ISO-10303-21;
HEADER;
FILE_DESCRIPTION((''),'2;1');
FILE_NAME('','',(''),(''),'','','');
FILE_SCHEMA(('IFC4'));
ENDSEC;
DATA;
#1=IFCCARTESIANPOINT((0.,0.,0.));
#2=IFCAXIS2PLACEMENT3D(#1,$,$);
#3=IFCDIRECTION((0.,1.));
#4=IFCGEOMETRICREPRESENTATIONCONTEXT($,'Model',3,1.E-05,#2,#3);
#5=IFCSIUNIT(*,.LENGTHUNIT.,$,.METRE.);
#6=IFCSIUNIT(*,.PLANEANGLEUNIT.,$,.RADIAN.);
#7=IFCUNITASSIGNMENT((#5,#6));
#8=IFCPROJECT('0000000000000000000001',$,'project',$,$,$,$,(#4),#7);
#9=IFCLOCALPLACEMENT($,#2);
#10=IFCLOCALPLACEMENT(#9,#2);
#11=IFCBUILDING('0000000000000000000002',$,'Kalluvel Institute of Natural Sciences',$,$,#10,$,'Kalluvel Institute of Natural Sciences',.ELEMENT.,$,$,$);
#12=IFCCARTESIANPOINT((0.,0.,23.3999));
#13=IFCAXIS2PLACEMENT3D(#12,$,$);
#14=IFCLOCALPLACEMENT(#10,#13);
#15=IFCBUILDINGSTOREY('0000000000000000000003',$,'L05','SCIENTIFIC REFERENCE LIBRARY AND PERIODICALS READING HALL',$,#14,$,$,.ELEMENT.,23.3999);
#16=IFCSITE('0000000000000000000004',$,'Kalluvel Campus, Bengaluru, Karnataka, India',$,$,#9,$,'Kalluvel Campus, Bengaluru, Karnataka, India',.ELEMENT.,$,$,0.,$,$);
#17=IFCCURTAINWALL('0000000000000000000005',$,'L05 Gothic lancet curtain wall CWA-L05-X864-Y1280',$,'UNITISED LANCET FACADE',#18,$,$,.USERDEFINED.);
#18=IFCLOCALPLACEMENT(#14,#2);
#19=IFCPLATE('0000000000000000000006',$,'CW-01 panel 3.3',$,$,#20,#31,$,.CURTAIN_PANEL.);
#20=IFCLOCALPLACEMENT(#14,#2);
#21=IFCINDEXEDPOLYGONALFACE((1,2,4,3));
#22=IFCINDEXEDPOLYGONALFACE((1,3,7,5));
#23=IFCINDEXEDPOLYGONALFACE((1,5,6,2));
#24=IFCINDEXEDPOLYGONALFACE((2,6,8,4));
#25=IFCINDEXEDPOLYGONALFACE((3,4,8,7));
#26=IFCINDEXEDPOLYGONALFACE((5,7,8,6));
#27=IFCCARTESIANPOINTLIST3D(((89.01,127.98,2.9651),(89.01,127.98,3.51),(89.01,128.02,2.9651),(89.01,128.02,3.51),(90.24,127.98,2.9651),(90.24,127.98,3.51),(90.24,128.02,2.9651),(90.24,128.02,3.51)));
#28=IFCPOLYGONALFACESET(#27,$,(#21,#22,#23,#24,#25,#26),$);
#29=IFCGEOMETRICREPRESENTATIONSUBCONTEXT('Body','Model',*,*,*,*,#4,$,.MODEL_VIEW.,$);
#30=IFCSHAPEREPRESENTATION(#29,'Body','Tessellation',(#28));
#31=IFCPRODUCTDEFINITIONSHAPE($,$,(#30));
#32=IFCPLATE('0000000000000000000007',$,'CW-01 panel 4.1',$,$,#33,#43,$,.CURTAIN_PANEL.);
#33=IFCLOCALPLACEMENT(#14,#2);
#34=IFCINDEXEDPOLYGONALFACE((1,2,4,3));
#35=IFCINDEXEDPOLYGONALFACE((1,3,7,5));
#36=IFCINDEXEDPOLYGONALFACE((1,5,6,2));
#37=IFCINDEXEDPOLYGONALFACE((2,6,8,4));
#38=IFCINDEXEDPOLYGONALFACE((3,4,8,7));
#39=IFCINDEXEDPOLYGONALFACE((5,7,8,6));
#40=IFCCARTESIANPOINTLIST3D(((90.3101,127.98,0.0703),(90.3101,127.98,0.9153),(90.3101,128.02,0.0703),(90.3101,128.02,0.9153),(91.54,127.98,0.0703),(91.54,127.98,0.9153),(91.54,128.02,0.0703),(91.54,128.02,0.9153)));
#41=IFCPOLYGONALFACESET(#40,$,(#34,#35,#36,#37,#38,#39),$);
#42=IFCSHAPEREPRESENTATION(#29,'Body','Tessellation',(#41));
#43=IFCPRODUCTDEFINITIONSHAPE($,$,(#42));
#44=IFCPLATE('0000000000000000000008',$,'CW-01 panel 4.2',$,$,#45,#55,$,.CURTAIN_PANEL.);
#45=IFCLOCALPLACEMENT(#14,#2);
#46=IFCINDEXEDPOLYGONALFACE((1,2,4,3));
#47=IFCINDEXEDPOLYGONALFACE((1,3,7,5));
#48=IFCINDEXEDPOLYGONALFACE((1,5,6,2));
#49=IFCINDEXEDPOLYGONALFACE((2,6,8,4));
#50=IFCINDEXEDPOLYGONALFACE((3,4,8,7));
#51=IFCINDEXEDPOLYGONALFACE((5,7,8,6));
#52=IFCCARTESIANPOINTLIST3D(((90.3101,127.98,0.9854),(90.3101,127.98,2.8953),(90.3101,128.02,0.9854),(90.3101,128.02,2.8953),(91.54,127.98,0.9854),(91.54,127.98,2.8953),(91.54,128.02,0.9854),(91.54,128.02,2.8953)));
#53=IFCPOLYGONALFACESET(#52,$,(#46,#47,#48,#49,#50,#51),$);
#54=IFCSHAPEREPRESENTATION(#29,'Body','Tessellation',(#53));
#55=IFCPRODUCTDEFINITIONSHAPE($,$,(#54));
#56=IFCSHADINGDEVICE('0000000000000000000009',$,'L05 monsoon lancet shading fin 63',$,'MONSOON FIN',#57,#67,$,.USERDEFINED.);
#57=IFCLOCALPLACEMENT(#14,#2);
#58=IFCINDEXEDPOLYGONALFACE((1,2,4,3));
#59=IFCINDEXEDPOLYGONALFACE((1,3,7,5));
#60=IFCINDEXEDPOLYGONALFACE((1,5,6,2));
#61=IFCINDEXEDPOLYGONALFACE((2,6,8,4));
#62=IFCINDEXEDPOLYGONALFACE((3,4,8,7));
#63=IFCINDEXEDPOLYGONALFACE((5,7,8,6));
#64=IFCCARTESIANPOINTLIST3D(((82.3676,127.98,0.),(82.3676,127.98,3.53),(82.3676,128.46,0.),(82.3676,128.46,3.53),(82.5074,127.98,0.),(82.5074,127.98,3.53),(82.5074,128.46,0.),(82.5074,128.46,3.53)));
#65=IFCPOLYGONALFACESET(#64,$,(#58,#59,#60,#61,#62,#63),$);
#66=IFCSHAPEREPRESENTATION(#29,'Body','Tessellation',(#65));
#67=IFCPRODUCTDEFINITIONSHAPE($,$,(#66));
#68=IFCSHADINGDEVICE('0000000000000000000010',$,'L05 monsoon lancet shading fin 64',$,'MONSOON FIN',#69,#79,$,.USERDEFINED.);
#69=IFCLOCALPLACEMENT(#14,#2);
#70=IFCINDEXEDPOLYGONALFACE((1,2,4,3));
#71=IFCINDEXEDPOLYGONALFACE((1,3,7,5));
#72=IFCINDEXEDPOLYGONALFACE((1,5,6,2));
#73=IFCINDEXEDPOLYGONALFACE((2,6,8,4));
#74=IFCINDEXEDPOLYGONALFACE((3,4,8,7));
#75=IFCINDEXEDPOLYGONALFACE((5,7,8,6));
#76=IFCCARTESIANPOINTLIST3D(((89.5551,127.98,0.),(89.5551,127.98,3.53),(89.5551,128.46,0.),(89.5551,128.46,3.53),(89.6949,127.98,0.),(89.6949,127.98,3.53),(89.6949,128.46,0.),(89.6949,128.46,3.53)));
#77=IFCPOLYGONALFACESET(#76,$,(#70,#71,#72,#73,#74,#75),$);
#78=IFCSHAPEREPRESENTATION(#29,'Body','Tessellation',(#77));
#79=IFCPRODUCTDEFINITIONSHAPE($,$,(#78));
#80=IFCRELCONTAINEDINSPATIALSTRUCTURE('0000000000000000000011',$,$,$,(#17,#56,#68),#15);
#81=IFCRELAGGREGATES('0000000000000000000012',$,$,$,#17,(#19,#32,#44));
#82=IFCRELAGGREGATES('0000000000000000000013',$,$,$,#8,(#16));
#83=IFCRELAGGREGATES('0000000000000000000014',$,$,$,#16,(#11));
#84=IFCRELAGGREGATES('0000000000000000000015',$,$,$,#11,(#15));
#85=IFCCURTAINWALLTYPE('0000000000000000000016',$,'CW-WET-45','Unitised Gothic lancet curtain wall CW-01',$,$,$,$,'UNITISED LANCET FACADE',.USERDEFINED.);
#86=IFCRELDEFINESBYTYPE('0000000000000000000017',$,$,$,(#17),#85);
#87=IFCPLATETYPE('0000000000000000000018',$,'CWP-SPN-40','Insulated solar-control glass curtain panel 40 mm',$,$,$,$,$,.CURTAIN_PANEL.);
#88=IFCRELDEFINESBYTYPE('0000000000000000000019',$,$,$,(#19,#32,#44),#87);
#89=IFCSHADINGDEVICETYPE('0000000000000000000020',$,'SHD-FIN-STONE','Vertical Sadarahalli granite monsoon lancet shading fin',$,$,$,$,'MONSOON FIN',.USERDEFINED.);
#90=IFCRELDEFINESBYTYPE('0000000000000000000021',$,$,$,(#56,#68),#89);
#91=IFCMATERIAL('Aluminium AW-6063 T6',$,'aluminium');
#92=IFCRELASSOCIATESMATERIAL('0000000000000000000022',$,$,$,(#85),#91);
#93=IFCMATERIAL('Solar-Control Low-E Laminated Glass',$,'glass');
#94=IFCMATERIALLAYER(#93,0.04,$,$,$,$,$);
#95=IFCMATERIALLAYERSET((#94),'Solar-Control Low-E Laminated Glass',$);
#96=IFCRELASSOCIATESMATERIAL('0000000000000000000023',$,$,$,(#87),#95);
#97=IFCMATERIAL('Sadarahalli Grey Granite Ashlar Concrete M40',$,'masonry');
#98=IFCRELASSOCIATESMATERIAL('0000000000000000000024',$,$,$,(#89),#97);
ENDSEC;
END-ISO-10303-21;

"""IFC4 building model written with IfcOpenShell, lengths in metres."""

from ifc_helpers import new_model, si_unit, direction, frame, origin, origin_2d, place, context, subcontext, project, spatial, rectangle, extrude, material, layer, layer_set, type_object, element, aggregate, save


model = new_model("IFC4")

# Units and contexts
model_context = context("Model", 3, precision=1e-05, world=origin(), true_north=direction((0.0, 1.0)))
body_context = subcontext(model_context, "Body", "Model", "MODEL_VIEW")
ifc_project = project(units=[si_unit("LENGTHUNIT", "METRE"), si_unit("PLANEANGLEUNIT", "RADIAN")], contexts=[model_context])

# Site, building, storey
site_placement = place(None, origin())
site = spatial("IfcSite", under=ifc_project, at=site_placement, Name="Kalluvel Campus, Bengaluru, Karnataka, India", LongName="Kalluvel Campus, Bengaluru, Karnataka, India", CompositionType="ELEMENT", RefElevation=0.0)
building_placement = place(site_placement, origin())
building = spatial("IfcBuilding", under=site, at=building_placement, Name="Kalluvel Institute of Natural Sciences", LongName="Kalluvel Institute of Natural Sciences", CompositionType="ELEMENT")
storey_placement = place(building_placement, frame((0.0, 0.0, 23.3999)))
storey = spatial("IfcBuildingStorey", under=building, at=storey_placement, Name="L05", Description="SCIENTIFIC REFERENCE LIBRARY AND PERIODICALS READING HALL", CompositionType="ELEMENT", Elevation=23.3999)

# Curtain wall, plates
ifc_material_1 = material(Name="Aluminium AW-6063 T6", Category="aluminium")
curtain_wall_type = type_object("IfcCurtainWallType", Name="CW-WET-45", Description="Unitised Gothic lancet curtain wall CW-01", ElementType="UNITISED LANCET FACADE", PredefinedType="USERDEFINED", material=ifc_material_1)
curtain_wall_placement = place(storey_placement, origin())
curtain_wall = element("IfcCurtainWall", 1, at=curtain_wall_placement, inside=storey, type_object=curtain_wall_type, Name="L05 Gothic lancet curtain wall CWA-L05-X864-Y1280", ObjectType="UNITISED LANCET FACADE", PredefinedType="USERDEFINED")
ifc_material_2 = material(Name="Solar-Control Low-E Laminated Glass", Category="glass")
ifc_layer = layer(ifc_material_2, 0.04)
ifc_layer_set = layer_set([ifc_layer], Name="Solar-Control Low-E Laminated Glass")
plate_type = type_object("IfcPlateType", Name="CWP-SPN-40", Description="Insulated solar-control glass curtain panel 40 mm", PredefinedType="CURTAIN_PANEL", material=ifc_layer_set)
plate_1_placement = place(storey_placement, frame((89.625, 128.0, 2.9651), z_axis=(0.0, 0.0, 1.0), x_axis=(1.0, 0.0, 0.0)))
plate_1 = element("IfcPlate", 2, at=plate_1_placement, type_object=plate_type, Name="CW-01 panel 3.3", PredefinedType="CURTAIN_PANEL", context=body_context, shape_type="SweptSolid", body=[
    extrude(rectangle(XDim=1.23, YDim=0.04, at=origin_2d()), origin(), (0.0, 0.0, 1.0), 0.5449),
])
plate_2_placement = place(storey_placement, frame((90.925, 128.0, 0.0703), z_axis=(0.0, 0.0, 1.0), x_axis=(1.0, 0.0, 0.0)))
plate_2 = element("IfcPlate", 3, at=plate_2_placement, type_object=plate_type, Name="CW-01 panel 4.1", PredefinedType="CURTAIN_PANEL", context=body_context, shape_type="SweptSolid", body=[
    extrude(rectangle(XDim=1.23, YDim=0.04, at=origin_2d()), origin(), (0.0, 0.0, 1.0), 0.845),
])
plate_3_placement = place(storey_placement, frame((90.925, 128.0, 0.9854), z_axis=(0.0, 0.0, 1.0), x_axis=(1.0, 0.0, 0.0)))
plate_3 = element("IfcPlate", 4, at=plate_3_placement, type_object=plate_type, Name="CW-01 panel 4.2", PredefinedType="CURTAIN_PANEL", context=body_context, shape_type="SweptSolid", body=[
    extrude(rectangle(XDim=1.23, YDim=0.04, at=origin_2d()), origin(), (0.0, 0.0, 1.0), 1.9099),
])
aggregate(curtain_wall, [plate_1, plate_2, plate_3])

# Shading devices
ifc_material_3 = material(Name="Sadarahalli Grey Granite Ashlar Concrete M40", Category="masonry")
shading_device_type = type_object("IfcShadingDeviceType", Name="SHD-FIN-STONE", Description="Vertical Sadarahalli granite monsoon lancet shading fin", ElementType="MONSOON FIN", PredefinedType="USERDEFINED", material=ifc_material_3)
for number, where, z_axis, x_axis, name in (
    (5, (82.4375, 128.22, 0.0), (0.0, 0.0, 1.0), (1.0, 0.0, 0.0), "L05 monsoon lancet shading fin 63"),
    (6, (89.625, 128.22, 0.0), (0.0, 0.0, 1.0), (1.0, 0.0, 0.0), "L05 monsoon lancet shading fin 64"),
):
    element("IfcShadingDevice", number, at=place(storey_placement, frame(where, z_axis=z_axis, x_axis=x_axis)), inside=storey, type_object=shading_device_type, Name=name, ObjectType="MONSOON FIN", PredefinedType="USERDEFINED", context=body_context, shape_type="SweptSolid", body=[
        extrude(rectangle(XDim=0.1399, YDim=0.48, at=origin_2d()), origin(), (0.0, 0.0, 1.0), 3.53),
    ])

save(model, "model.ifc")
